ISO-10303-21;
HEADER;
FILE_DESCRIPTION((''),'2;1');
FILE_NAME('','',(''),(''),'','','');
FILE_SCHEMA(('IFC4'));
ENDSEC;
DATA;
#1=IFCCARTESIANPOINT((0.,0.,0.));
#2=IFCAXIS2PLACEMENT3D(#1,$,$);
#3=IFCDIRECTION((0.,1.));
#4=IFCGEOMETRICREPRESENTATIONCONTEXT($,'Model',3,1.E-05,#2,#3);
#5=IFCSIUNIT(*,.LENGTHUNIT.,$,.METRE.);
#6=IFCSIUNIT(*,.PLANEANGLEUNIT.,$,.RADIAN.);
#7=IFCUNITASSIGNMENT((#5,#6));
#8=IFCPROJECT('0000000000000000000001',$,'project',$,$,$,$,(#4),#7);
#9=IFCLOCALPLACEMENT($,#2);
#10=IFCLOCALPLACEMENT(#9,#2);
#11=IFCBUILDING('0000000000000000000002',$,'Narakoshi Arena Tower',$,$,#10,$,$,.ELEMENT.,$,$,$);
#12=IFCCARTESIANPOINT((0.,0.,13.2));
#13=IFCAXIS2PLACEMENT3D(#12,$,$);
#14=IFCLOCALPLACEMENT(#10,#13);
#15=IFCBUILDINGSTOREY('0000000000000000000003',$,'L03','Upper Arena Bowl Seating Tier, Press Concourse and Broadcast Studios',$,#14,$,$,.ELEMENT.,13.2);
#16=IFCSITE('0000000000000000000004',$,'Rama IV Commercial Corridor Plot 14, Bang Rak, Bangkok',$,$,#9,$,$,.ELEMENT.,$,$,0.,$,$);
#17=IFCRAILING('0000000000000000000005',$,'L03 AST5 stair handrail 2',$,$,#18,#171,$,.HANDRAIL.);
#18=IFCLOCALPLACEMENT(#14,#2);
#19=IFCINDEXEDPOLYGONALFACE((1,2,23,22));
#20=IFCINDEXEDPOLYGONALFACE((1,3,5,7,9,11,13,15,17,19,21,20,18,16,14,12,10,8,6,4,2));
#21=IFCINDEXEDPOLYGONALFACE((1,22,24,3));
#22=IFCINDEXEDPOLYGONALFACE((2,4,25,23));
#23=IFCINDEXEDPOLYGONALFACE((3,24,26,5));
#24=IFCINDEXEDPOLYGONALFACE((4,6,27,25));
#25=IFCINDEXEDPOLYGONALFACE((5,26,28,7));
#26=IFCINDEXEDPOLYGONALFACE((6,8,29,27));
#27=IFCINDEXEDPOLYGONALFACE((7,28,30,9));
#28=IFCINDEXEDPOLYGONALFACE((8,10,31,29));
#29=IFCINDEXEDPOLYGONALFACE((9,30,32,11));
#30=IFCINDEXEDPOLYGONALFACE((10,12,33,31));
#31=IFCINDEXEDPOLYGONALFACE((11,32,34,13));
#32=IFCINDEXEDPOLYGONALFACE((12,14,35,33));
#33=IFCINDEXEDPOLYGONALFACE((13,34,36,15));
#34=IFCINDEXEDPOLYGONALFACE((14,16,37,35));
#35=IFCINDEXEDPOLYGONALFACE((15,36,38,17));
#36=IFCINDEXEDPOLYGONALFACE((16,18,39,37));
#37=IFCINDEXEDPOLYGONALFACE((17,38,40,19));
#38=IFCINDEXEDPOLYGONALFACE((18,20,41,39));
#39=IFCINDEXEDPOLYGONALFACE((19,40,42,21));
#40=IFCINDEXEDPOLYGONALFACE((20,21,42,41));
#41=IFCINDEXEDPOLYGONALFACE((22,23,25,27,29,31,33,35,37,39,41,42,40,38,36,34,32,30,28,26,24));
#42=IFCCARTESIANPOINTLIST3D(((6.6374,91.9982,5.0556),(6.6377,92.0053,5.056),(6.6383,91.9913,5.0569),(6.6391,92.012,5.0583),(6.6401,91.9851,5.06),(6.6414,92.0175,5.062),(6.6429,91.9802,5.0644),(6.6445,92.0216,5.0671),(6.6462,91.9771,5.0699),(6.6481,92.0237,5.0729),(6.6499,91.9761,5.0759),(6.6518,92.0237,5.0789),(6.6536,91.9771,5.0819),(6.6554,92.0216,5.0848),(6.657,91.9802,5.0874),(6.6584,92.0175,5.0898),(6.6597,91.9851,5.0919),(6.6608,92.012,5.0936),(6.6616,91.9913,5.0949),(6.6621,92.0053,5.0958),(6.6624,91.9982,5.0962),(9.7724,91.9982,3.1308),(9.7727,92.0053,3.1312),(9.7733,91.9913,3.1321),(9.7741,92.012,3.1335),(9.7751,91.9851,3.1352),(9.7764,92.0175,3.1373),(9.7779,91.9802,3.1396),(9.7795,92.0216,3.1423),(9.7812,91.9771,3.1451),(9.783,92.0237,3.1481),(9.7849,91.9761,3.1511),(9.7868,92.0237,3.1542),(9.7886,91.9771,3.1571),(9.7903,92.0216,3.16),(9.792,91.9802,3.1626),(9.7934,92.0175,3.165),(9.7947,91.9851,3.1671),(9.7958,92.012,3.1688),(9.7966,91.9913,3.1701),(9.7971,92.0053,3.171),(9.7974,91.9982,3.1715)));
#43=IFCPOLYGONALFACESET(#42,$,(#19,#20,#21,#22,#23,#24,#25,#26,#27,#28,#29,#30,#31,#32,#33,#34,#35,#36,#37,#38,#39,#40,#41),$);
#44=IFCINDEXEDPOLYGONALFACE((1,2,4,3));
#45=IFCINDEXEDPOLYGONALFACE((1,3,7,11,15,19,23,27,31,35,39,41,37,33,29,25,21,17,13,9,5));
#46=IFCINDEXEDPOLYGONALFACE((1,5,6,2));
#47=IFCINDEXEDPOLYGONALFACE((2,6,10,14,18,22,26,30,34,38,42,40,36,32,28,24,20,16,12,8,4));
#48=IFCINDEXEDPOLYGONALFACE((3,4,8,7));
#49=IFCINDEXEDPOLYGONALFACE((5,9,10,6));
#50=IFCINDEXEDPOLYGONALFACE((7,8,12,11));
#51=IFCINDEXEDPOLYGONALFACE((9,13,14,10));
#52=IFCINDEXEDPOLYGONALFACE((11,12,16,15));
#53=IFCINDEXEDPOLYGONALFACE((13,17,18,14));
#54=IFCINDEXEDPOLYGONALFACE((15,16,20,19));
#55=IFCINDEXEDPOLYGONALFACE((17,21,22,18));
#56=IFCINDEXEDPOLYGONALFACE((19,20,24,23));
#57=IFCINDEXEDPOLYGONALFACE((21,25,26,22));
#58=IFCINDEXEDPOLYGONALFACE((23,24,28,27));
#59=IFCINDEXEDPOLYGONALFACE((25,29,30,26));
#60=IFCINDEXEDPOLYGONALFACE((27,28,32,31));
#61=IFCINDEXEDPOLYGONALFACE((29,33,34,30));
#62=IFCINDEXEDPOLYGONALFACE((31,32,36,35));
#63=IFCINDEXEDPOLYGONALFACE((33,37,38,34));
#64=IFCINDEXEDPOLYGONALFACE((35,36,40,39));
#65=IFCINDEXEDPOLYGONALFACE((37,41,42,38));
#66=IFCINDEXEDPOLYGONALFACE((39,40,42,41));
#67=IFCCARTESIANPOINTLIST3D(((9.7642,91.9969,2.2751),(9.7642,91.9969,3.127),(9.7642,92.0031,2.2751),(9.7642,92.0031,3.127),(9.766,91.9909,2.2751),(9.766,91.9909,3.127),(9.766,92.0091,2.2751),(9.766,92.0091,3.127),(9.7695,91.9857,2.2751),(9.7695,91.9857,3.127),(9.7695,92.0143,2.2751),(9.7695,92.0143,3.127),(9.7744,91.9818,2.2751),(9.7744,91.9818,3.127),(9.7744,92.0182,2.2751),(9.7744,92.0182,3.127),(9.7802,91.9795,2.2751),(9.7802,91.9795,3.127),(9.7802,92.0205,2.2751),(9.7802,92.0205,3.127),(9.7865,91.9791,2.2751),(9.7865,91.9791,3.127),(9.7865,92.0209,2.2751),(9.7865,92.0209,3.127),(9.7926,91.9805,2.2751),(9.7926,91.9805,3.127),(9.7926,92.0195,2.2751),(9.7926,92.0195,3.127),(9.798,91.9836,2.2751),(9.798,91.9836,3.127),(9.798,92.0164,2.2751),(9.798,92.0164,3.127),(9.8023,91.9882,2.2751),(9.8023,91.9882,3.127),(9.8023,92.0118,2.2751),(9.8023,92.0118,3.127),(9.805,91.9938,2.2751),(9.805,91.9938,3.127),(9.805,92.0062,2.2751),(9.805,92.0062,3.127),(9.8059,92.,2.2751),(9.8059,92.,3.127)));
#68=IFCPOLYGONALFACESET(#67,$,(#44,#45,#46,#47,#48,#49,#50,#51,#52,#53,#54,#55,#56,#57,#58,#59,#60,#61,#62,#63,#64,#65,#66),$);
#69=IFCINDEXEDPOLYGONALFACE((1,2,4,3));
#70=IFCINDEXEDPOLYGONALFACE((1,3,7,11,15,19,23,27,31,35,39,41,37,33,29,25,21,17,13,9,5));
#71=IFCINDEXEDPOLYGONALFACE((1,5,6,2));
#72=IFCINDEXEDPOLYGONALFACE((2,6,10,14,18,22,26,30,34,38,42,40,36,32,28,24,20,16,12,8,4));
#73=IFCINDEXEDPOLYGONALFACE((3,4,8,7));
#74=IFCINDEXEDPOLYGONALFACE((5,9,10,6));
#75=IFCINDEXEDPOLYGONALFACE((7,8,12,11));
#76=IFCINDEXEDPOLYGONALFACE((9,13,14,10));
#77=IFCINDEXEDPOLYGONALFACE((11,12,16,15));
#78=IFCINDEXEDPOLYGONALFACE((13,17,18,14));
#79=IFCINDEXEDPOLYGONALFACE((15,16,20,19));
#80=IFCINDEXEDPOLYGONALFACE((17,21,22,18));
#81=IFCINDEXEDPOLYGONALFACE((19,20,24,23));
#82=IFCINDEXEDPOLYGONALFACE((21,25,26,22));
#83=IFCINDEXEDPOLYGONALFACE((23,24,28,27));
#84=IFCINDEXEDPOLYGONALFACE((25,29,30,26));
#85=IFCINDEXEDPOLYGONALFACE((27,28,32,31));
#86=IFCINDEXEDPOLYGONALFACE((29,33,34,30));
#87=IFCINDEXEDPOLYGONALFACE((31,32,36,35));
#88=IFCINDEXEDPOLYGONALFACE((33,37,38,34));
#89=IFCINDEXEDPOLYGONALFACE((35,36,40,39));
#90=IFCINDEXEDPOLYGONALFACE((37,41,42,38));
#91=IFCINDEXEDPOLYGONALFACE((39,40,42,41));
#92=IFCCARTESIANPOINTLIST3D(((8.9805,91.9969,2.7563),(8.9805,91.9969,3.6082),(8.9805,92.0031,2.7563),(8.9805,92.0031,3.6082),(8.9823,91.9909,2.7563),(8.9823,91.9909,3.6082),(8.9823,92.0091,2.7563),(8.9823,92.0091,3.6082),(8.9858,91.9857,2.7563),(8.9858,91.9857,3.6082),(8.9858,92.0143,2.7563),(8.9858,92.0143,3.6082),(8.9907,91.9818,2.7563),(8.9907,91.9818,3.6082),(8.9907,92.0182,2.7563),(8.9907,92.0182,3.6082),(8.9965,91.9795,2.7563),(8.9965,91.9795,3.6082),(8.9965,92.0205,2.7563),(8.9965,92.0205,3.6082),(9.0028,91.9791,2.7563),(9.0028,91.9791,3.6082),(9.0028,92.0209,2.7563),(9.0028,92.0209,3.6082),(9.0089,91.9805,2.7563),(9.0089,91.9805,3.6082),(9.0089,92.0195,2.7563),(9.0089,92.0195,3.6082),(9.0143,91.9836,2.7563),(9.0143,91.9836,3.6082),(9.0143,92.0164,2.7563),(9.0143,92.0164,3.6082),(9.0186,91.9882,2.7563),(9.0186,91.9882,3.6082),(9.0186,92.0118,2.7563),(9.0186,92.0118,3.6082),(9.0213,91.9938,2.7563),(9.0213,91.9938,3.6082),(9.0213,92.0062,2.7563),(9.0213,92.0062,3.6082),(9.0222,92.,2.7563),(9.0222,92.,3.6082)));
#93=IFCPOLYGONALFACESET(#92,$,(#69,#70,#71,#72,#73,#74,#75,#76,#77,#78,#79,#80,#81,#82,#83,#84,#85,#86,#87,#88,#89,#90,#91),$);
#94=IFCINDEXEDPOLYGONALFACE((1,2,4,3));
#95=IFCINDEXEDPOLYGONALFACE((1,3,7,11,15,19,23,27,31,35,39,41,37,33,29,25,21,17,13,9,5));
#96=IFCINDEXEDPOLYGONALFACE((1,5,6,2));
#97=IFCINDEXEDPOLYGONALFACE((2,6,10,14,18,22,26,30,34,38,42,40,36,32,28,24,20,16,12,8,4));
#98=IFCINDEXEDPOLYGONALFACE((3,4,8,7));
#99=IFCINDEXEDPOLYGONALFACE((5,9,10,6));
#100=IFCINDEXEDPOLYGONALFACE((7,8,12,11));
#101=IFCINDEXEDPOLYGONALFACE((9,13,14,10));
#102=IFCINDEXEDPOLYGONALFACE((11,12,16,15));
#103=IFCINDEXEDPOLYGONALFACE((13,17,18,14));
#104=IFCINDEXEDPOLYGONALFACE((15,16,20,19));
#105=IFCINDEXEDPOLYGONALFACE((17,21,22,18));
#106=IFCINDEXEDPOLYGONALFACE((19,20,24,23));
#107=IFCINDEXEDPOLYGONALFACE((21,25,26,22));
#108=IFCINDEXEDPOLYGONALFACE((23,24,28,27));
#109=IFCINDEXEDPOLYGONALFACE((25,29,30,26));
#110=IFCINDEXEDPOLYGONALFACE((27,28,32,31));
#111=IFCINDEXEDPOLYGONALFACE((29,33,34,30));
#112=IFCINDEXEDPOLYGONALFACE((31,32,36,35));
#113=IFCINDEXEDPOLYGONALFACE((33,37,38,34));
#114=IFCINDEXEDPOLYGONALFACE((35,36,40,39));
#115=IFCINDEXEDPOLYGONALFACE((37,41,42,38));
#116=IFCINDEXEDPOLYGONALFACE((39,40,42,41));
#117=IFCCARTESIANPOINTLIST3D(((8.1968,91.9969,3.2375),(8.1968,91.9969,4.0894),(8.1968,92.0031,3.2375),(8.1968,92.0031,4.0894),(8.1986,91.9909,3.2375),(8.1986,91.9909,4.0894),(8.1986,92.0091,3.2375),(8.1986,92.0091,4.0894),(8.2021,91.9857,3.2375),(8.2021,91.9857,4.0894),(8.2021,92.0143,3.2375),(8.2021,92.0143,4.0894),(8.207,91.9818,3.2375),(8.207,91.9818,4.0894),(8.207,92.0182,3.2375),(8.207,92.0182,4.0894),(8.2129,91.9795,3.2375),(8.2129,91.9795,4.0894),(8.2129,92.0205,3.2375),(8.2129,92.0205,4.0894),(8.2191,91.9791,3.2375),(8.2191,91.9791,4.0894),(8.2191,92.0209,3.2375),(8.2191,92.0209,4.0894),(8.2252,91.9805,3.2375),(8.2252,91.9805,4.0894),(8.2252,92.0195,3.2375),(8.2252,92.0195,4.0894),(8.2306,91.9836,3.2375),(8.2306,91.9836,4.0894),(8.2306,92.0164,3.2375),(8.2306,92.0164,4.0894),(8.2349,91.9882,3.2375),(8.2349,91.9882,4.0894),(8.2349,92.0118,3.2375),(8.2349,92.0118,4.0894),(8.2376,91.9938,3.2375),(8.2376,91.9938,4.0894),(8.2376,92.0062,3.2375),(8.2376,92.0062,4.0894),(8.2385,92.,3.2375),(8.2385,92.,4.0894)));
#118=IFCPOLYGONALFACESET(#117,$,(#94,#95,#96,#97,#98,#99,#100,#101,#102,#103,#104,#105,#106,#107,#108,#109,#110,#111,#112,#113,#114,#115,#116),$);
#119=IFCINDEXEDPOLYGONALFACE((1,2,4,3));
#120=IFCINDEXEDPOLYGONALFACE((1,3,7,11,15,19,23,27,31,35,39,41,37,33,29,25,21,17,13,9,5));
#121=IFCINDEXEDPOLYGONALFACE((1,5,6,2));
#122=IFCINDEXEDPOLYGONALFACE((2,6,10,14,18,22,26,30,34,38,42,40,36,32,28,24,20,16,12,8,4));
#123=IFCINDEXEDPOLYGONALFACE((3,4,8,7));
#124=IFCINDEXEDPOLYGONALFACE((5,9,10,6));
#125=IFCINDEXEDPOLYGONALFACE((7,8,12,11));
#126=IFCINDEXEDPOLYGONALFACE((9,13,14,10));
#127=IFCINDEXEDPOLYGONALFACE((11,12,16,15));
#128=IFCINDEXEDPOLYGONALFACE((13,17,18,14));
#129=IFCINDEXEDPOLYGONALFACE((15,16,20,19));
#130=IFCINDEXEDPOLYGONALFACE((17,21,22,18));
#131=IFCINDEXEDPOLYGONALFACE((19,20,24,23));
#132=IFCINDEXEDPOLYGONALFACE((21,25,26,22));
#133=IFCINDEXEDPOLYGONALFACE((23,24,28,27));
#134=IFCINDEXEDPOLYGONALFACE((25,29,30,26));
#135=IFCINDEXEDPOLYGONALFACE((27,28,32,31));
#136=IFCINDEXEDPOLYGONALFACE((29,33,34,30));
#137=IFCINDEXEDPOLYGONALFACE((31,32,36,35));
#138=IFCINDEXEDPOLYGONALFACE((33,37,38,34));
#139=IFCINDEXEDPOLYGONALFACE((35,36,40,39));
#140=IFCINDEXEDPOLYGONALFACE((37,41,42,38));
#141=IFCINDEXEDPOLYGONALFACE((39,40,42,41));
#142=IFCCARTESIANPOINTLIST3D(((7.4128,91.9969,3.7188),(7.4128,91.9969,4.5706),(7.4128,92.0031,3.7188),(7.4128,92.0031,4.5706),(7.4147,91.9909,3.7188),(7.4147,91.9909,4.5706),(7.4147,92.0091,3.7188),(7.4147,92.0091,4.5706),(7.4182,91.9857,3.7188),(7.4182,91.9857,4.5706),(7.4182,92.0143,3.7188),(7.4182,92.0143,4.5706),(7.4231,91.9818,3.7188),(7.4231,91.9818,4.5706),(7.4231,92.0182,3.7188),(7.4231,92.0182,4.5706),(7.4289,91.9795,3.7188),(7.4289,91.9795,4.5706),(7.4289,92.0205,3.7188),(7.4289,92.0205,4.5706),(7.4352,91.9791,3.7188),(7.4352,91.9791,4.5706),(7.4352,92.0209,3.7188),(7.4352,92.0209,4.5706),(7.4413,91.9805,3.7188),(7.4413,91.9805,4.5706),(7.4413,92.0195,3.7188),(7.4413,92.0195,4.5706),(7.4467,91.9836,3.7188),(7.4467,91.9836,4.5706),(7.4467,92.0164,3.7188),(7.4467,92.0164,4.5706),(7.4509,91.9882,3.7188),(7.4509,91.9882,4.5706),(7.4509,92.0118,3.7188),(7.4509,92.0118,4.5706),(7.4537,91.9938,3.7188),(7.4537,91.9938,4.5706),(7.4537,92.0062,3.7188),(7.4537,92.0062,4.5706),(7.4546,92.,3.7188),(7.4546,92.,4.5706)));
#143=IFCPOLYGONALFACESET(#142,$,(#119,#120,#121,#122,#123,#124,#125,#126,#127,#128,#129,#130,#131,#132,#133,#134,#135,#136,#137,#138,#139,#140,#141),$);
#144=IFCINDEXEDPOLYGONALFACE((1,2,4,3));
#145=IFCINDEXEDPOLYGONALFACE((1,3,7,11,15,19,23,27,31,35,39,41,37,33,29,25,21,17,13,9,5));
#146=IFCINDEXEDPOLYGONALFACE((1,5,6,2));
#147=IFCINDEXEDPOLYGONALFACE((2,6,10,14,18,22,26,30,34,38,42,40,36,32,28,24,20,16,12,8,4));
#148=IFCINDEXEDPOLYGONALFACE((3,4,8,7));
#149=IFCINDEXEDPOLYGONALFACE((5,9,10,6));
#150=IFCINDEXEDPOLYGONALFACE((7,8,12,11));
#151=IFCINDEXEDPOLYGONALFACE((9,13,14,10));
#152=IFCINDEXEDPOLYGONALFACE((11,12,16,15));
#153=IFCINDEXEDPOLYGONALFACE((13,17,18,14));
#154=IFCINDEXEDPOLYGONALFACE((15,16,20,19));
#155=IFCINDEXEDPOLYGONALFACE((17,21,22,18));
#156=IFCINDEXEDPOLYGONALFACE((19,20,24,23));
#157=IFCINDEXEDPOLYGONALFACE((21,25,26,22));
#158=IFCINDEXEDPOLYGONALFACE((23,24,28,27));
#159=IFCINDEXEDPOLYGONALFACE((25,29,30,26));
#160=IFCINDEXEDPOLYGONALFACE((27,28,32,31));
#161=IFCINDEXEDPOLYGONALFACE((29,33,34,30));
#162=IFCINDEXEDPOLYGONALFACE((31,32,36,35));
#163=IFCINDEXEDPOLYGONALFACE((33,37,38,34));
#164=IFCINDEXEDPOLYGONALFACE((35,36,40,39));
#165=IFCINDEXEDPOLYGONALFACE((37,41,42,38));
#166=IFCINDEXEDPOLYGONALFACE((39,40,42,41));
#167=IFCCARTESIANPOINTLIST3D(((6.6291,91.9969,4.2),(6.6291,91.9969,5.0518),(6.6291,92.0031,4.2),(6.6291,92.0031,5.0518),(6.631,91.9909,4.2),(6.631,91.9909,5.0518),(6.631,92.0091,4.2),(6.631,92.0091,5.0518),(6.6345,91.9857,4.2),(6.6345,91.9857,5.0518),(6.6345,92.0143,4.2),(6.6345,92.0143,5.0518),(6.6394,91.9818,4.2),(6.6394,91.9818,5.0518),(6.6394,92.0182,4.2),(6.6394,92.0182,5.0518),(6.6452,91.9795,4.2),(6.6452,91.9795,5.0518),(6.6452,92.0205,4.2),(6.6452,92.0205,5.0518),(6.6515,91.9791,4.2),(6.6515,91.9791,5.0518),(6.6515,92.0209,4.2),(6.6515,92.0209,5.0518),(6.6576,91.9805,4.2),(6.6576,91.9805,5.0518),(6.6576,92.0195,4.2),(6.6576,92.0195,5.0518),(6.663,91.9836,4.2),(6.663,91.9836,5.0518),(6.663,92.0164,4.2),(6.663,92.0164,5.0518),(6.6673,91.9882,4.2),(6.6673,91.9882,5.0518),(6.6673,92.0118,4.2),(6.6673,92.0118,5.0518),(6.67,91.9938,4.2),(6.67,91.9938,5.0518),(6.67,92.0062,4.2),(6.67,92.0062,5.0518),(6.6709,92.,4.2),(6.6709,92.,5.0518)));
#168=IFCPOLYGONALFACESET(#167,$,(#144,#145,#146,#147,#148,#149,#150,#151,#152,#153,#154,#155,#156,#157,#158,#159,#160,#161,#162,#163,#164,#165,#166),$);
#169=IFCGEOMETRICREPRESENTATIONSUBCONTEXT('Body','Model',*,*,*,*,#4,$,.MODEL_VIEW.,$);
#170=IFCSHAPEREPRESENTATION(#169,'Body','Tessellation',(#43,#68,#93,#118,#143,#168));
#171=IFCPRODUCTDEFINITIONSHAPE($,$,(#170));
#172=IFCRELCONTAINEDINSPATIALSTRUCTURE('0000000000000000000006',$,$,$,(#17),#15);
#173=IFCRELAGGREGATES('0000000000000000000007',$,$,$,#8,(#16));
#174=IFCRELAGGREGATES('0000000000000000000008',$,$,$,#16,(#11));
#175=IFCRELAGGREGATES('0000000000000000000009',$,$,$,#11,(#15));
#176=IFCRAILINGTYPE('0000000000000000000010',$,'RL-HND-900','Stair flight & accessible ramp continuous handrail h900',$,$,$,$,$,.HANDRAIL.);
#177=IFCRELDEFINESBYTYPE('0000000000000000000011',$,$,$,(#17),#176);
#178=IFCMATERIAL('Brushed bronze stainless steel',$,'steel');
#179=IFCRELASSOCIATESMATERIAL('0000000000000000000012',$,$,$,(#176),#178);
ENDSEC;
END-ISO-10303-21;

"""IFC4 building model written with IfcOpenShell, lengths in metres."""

from ifc_helpers import new_model, si_unit, direction, frame, origin, origin_2d, place, context, subcontext, project, spatial, circle, extrude, material, type_object, element, save


model = new_model("IFC4")

# Units and contexts
model_context = context("Model", 3, precision=1e-05, world=origin(), true_north=direction((0.0, 1.0)))
body_context = subcontext(model_context, "Body", "Model", "MODEL_VIEW")
ifc_project = project(units=[si_unit("LENGTHUNIT", "METRE"), si_unit("PLANEANGLEUNIT", "RADIAN")], contexts=[model_context])

# Site, building, storey
site_placement = place(None, origin())
site = spatial("IfcSite", under=ifc_project, at=site_placement, Name="Rama IV Commercial Corridor Plot 14, Bang Rak, Bangkok", CompositionType="ELEMENT", RefElevation=0.0)
building_placement = place(site_placement, origin())
building = spatial("IfcBuilding", under=site, at=building_placement, Name="Narakoshi Arena Tower", CompositionType="ELEMENT")
storey_placement = place(building_placement, frame((0.0, 0.0, 13.2)))
storey = spatial("IfcBuildingStorey", under=building, at=storey_placement, Name="L03", Description="Upper Arena Bowl Seating Tier, Press Concourse and Broadcast Studios", CompositionType="ELEMENT", Elevation=13.2)

# Railing
ifc_material_1 = material(Name="Brushed bronze stainless steel", Category="steel")
railing_type_1 = type_object("IfcRailingType", Name="RL-HND-900", Description="Stair flight & accessible ramp continuous handrail h900", PredefinedType="HANDRAIL", material=ifc_material_1)
railing_1_placement = place(storey_placement, frame((9.7849, 92.0, 2.2751)))
element("IfcRailing", 1, at=railing_1_placement, inside=storey, type_object=railing_type_1, Name="L03 AST5 stair handrail 2", PredefinedType="HANDRAIL", context=body_context, shape_type="SweptSolid", body=[
    extrude(circle(Radius=0.0239, at=origin_2d()), frame((0.0, 0.0, 0.876), z_axis=(-0.852196, 0.0, 0.523223), x_axis=(0.0, -1.0, 0.0)), (0.0, 0.0, 1.0), 3.6787),
    extrude(circle(Radius=0.021, at=origin_2d()), origin(), (0.0, 0.0, 1.0), 0.8518),
    extrude(circle(Radius=0.021, at=origin_2d()), frame((-0.7837, 0.0, 0.4812)), (0.0, 0.0, 1.0), 0.8518),
    extrude(circle(Radius=0.021, at=origin_2d()), frame((-1.5674, 0.0, 0.9624)), (0.0, 0.0, 1.0), 0.8518),
    extrude(circle(Radius=0.021, at=origin_2d()), frame((-2.3513, 0.0, 1.4436)), (0.0, 0.0, 1.0), 0.8518),
    extrude(circle(Radius=0.021, at=origin_2d()), frame((-3.135, 0.0, 1.9248)), (0.0, 0.0, 1.0), 0.8518),
])

save(model, "model.ifc")
